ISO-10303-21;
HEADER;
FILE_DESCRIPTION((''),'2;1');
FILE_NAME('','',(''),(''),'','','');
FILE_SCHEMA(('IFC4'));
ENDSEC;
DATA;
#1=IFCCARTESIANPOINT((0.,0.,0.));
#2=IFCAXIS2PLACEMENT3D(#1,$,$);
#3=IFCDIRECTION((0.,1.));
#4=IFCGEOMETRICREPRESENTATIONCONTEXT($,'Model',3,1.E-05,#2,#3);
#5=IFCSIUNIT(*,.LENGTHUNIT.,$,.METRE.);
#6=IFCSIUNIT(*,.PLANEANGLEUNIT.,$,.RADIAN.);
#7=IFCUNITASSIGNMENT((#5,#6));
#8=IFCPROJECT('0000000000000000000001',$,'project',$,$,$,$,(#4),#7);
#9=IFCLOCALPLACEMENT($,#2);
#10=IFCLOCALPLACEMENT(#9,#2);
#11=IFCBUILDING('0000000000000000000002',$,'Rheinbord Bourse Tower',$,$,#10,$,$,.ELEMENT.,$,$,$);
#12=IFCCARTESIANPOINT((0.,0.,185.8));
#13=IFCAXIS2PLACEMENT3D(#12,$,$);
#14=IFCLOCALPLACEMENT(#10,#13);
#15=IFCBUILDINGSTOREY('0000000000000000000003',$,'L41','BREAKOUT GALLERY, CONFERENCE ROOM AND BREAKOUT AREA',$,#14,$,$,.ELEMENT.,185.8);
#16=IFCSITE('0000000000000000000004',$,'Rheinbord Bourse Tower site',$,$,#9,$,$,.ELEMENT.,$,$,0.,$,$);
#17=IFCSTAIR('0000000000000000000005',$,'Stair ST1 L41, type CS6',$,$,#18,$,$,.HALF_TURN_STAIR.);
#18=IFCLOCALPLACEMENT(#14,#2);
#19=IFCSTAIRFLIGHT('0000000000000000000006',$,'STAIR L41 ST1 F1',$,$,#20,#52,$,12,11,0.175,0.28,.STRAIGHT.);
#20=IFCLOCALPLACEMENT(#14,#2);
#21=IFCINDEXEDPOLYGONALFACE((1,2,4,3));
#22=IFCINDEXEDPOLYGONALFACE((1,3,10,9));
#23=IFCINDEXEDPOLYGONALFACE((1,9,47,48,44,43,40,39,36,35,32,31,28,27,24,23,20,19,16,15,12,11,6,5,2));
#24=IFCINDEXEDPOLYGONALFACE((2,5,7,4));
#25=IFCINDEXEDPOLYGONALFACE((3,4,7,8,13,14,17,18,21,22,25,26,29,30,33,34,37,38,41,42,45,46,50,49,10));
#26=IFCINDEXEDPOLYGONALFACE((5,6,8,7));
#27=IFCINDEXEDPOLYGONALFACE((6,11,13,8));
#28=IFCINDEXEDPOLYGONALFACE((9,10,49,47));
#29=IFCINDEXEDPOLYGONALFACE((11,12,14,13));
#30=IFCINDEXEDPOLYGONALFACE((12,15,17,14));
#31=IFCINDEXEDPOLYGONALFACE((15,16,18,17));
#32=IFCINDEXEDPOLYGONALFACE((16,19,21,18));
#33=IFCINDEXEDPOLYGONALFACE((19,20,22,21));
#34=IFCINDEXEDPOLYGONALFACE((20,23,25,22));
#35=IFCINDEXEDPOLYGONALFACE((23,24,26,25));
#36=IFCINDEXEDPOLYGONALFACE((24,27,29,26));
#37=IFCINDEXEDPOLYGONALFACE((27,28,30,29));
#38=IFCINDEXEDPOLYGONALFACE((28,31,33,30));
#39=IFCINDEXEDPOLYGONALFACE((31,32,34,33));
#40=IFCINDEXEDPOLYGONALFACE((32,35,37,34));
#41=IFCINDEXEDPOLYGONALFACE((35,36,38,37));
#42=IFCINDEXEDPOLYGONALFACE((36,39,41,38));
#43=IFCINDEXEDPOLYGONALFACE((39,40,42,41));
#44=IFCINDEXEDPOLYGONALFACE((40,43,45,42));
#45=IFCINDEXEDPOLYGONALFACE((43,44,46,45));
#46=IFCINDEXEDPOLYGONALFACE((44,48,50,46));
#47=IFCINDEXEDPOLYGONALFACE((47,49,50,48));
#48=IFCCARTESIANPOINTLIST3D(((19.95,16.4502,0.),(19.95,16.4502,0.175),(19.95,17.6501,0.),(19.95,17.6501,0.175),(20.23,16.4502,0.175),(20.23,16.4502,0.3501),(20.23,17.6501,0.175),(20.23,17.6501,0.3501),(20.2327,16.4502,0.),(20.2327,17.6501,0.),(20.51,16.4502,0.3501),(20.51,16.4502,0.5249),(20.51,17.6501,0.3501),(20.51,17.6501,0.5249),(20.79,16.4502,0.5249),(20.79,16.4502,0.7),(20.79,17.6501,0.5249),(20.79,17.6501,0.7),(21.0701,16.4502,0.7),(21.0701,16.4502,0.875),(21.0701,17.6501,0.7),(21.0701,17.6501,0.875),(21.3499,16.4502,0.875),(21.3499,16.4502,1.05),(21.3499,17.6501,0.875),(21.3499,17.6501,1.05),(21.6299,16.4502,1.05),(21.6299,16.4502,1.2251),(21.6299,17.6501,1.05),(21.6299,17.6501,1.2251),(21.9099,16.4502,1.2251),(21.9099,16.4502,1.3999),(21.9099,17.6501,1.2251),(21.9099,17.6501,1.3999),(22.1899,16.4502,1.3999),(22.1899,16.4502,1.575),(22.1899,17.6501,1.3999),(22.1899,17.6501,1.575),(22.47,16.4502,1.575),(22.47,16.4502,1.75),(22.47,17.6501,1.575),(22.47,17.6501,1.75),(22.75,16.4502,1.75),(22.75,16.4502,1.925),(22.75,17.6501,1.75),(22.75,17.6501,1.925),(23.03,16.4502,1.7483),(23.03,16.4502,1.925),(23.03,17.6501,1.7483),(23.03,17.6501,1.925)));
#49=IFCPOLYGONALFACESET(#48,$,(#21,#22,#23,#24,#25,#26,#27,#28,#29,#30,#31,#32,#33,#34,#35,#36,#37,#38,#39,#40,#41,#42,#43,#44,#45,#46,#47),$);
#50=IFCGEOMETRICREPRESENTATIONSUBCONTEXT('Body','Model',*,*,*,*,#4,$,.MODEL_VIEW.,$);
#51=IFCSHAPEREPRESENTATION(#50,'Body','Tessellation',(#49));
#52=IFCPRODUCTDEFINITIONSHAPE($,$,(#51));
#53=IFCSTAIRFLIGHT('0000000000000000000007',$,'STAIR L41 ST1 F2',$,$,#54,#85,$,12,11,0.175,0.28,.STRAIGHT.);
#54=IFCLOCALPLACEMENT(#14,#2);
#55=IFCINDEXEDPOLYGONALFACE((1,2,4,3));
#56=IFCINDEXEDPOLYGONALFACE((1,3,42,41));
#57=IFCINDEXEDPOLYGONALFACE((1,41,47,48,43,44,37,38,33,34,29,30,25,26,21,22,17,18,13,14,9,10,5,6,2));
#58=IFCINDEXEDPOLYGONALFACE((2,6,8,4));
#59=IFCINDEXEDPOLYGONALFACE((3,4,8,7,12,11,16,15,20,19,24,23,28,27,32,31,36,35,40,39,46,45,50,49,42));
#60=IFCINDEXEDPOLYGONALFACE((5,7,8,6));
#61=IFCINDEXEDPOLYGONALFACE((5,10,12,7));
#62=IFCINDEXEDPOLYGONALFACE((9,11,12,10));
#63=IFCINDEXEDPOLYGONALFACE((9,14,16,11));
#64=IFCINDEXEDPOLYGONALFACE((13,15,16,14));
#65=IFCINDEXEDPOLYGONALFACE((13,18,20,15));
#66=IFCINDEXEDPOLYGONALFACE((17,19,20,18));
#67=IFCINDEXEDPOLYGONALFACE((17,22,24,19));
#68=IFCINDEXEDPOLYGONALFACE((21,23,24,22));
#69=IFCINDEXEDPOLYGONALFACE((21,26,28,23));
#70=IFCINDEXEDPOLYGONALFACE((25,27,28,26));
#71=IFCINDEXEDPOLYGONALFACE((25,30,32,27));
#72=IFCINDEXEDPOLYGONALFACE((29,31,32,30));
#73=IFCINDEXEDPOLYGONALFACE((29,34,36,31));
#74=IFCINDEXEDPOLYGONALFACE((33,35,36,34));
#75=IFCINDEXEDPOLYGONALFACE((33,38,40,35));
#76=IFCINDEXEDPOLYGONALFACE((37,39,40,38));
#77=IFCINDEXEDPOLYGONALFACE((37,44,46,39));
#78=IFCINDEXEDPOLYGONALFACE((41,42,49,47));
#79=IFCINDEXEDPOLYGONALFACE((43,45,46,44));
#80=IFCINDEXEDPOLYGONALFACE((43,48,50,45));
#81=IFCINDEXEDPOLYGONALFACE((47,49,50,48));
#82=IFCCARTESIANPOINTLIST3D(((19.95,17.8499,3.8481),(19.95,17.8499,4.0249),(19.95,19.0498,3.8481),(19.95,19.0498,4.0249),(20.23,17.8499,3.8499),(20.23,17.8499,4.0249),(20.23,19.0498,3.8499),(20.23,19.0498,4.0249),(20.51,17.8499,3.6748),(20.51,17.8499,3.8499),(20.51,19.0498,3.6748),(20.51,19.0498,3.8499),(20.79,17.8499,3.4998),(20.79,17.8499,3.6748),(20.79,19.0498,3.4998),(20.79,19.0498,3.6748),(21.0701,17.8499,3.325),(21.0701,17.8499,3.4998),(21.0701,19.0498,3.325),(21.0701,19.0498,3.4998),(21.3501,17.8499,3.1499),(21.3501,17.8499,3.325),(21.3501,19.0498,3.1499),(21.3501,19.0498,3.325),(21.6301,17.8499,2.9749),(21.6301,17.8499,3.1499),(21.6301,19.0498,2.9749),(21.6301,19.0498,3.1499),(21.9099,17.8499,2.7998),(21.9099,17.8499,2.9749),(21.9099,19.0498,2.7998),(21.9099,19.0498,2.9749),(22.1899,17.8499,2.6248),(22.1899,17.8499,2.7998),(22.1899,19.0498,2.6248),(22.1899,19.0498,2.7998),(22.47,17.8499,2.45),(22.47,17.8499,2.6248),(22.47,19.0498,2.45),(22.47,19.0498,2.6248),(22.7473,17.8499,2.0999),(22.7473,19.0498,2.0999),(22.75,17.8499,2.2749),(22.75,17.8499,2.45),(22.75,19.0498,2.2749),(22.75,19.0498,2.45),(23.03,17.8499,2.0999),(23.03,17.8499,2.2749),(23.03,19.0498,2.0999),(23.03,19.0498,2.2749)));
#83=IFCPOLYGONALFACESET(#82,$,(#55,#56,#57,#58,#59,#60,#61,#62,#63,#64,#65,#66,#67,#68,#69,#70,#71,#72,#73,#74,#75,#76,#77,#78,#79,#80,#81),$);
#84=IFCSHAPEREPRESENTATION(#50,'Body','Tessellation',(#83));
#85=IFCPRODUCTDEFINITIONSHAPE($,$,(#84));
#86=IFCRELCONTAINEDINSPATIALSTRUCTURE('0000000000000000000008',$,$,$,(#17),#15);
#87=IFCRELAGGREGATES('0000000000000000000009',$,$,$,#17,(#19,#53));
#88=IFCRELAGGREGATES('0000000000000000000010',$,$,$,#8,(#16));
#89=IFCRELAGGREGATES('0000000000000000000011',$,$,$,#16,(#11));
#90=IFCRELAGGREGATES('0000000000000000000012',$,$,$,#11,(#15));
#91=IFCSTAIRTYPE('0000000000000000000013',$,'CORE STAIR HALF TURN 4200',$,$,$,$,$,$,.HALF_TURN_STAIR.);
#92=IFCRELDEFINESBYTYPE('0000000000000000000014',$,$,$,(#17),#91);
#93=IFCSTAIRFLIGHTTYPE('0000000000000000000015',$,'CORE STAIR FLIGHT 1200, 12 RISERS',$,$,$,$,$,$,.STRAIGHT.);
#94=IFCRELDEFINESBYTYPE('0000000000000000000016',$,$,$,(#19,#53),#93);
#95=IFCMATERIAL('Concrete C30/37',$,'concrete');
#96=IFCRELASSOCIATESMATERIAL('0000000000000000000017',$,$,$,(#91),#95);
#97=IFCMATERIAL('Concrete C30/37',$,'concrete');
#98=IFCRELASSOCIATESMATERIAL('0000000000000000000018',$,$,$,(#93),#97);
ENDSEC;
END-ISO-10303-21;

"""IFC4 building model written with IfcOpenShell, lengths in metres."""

from ifc_helpers import new_model, si_unit, direction, frame, origin, place, context, subcontext, project, spatial, polyline, outline, extrude, material, type_object, element, aggregate, save


model = new_model("IFC4")

# Units and contexts
model_context = context("Model", 3, precision=1e-05, world=origin(), true_north=direction((0.0, 1.0)))
body_context = subcontext(model_context, "Body", "Model", "MODEL_VIEW")
ifc_project = project(units=[si_unit("LENGTHUNIT", "METRE"), si_unit("PLANEANGLEUNIT", "RADIAN")], contexts=[model_context])

# Site, building, storey
site_placement = place(None, origin())
site = spatial("IfcSite", under=ifc_project, at=site_placement, Name="Rheinbord Bourse Tower site", CompositionType="ELEMENT", RefElevation=0.0)
building_placement = place(site_placement, origin())
building = spatial("IfcBuilding", under=site, at=building_placement, Name="Rheinbord Bourse Tower", CompositionType="ELEMENT")
storey_placement = place(building_placement, frame((0.0, 0.0, 185.8)))
storey = spatial("IfcBuildingStorey", under=building, at=storey_placement, Name="L41", Description="BREAKOUT GALLERY, CONFERENCE ROOM AND BREAKOUT AREA", CompositionType="ELEMENT", Elevation=185.8)

# Stair, stair flights
ifc_material_1 = material(Name="Concrete C30/37", Category="concrete")
stair_type = type_object("IfcStairType", Name="CORE STAIR HALF TURN 4200", PredefinedType="HALF_TURN_STAIR", material=ifc_material_1)
stair_placement = place(storey_placement, origin())
stair = element("IfcStair", 1, at=stair_placement, inside=storey, type_object=stair_type, Name="Stair ST1 L41, type CS6", PredefinedType="HALF_TURN_STAIR")
ifc_material_2 = material(Name="Concrete C30/37", Category="concrete")
stair_flight_type = type_object("IfcStairFlightType", Name="CORE STAIR FLIGHT 1200, 12 RISERS", PredefinedType="STRAIGHT", material=ifc_material_2)
stair_flight_1_placement = place(storey_placement, frame((19.95, 17.05, 0.0), z_axis=(0.0, 0.0, 1.0), x_axis=(1.0, 0.0, 0.0)))
stair_flight_1 = element("IfcStairFlight", 2, at=stair_flight_1_placement, type_object=stair_flight_type, Name="STAIR L41 ST1 F1", NumberOfRisers=12, NumberOfTreads=11, PredefinedType="STRAIGHT", RiserHeight=0.175, TreadLength=0.28, context=body_context, shape_type="SweptSolid", body=[
    extrude(outline(polyline([(0.0, 0.0), (0.0, 0.175), (0.28, 0.175), (0.28, 0.3501), (0.5601, 0.3501), (0.5601, 0.5249), (0.8401, 0.5249), (0.8401, 0.7), (1.1201, 0.7), (1.1201, 0.875), (1.3999, 0.875), (1.3999, 1.05), (1.6799, 1.05), (1.6799, 1.2251), (1.96, 1.2251), (1.96, 1.3999), (2.24, 1.3999), (2.24, 1.575), (2.52, 1.575), (2.52, 1.75), (2.8, 1.75), (2.8, 1.925), (3.0801, 1.925), (3.0801, 2.1001), (3.0801, 1.7483), (0.2827, 0.0), (0.0, 0.0)])), frame((0.0, 0.6001, 0.0), z_axis=(0.0, -1.0, 0.0), x_axis=(1.0, 0.0, 0.0)), (0.0, 0.0, 1.0), 1.2),
])
stair_flight_2_placement = place(storey_placement, frame((23.03, 18.45, 2.0999), z_axis=(0.0, 0.0, 1.0), x_axis=(-1.0, 0.0, 0.0)))
stair_flight_2 = element("IfcStairFlight", 3, at=stair_flight_2_placement, type_object=stair_flight_type, Name="STAIR L41 ST1 F2", NumberOfRisers=12, NumberOfTreads=11, PredefinedType="STRAIGHT", RiserHeight=0.175, TreadLength=0.28, context=body_context, shape_type="SweptSolid", body=[
    extrude(outline(polyline([(0.0, 0.0), (0.0, 0.175), (0.28, 0.175), (0.28, 0.3501), (0.5601, 0.3501), (0.5601, 0.5249), (0.8401, 0.5249), (0.8401, 0.7), (1.1201, 0.7), (1.1201, 0.875), (1.3999, 0.875), (1.3999, 1.05), (1.6799, 1.05), (1.6799, 1.2251), (1.96, 1.2251), (1.96, 1.3999), (2.24, 1.3999), (2.24, 1.575), (2.52, 1.575), (2.52, 1.75), (2.8, 1.75), (2.8, 1.925), (3.0801, 1.925), (3.0801, 2.1001), (3.0801, 1.7483), (0.2827, 0.0), (0.0, 0.0)])), frame((0.0, 0.6001, 0.0), z_axis=(0.0, -1.0, 0.0), x_axis=(1.0, 0.0, 0.0)), (0.0, 0.0, 1.0), 1.2),
])
aggregate(stair, [stair_flight_1, stair_flight_2])

save(model, "model.ifc")
